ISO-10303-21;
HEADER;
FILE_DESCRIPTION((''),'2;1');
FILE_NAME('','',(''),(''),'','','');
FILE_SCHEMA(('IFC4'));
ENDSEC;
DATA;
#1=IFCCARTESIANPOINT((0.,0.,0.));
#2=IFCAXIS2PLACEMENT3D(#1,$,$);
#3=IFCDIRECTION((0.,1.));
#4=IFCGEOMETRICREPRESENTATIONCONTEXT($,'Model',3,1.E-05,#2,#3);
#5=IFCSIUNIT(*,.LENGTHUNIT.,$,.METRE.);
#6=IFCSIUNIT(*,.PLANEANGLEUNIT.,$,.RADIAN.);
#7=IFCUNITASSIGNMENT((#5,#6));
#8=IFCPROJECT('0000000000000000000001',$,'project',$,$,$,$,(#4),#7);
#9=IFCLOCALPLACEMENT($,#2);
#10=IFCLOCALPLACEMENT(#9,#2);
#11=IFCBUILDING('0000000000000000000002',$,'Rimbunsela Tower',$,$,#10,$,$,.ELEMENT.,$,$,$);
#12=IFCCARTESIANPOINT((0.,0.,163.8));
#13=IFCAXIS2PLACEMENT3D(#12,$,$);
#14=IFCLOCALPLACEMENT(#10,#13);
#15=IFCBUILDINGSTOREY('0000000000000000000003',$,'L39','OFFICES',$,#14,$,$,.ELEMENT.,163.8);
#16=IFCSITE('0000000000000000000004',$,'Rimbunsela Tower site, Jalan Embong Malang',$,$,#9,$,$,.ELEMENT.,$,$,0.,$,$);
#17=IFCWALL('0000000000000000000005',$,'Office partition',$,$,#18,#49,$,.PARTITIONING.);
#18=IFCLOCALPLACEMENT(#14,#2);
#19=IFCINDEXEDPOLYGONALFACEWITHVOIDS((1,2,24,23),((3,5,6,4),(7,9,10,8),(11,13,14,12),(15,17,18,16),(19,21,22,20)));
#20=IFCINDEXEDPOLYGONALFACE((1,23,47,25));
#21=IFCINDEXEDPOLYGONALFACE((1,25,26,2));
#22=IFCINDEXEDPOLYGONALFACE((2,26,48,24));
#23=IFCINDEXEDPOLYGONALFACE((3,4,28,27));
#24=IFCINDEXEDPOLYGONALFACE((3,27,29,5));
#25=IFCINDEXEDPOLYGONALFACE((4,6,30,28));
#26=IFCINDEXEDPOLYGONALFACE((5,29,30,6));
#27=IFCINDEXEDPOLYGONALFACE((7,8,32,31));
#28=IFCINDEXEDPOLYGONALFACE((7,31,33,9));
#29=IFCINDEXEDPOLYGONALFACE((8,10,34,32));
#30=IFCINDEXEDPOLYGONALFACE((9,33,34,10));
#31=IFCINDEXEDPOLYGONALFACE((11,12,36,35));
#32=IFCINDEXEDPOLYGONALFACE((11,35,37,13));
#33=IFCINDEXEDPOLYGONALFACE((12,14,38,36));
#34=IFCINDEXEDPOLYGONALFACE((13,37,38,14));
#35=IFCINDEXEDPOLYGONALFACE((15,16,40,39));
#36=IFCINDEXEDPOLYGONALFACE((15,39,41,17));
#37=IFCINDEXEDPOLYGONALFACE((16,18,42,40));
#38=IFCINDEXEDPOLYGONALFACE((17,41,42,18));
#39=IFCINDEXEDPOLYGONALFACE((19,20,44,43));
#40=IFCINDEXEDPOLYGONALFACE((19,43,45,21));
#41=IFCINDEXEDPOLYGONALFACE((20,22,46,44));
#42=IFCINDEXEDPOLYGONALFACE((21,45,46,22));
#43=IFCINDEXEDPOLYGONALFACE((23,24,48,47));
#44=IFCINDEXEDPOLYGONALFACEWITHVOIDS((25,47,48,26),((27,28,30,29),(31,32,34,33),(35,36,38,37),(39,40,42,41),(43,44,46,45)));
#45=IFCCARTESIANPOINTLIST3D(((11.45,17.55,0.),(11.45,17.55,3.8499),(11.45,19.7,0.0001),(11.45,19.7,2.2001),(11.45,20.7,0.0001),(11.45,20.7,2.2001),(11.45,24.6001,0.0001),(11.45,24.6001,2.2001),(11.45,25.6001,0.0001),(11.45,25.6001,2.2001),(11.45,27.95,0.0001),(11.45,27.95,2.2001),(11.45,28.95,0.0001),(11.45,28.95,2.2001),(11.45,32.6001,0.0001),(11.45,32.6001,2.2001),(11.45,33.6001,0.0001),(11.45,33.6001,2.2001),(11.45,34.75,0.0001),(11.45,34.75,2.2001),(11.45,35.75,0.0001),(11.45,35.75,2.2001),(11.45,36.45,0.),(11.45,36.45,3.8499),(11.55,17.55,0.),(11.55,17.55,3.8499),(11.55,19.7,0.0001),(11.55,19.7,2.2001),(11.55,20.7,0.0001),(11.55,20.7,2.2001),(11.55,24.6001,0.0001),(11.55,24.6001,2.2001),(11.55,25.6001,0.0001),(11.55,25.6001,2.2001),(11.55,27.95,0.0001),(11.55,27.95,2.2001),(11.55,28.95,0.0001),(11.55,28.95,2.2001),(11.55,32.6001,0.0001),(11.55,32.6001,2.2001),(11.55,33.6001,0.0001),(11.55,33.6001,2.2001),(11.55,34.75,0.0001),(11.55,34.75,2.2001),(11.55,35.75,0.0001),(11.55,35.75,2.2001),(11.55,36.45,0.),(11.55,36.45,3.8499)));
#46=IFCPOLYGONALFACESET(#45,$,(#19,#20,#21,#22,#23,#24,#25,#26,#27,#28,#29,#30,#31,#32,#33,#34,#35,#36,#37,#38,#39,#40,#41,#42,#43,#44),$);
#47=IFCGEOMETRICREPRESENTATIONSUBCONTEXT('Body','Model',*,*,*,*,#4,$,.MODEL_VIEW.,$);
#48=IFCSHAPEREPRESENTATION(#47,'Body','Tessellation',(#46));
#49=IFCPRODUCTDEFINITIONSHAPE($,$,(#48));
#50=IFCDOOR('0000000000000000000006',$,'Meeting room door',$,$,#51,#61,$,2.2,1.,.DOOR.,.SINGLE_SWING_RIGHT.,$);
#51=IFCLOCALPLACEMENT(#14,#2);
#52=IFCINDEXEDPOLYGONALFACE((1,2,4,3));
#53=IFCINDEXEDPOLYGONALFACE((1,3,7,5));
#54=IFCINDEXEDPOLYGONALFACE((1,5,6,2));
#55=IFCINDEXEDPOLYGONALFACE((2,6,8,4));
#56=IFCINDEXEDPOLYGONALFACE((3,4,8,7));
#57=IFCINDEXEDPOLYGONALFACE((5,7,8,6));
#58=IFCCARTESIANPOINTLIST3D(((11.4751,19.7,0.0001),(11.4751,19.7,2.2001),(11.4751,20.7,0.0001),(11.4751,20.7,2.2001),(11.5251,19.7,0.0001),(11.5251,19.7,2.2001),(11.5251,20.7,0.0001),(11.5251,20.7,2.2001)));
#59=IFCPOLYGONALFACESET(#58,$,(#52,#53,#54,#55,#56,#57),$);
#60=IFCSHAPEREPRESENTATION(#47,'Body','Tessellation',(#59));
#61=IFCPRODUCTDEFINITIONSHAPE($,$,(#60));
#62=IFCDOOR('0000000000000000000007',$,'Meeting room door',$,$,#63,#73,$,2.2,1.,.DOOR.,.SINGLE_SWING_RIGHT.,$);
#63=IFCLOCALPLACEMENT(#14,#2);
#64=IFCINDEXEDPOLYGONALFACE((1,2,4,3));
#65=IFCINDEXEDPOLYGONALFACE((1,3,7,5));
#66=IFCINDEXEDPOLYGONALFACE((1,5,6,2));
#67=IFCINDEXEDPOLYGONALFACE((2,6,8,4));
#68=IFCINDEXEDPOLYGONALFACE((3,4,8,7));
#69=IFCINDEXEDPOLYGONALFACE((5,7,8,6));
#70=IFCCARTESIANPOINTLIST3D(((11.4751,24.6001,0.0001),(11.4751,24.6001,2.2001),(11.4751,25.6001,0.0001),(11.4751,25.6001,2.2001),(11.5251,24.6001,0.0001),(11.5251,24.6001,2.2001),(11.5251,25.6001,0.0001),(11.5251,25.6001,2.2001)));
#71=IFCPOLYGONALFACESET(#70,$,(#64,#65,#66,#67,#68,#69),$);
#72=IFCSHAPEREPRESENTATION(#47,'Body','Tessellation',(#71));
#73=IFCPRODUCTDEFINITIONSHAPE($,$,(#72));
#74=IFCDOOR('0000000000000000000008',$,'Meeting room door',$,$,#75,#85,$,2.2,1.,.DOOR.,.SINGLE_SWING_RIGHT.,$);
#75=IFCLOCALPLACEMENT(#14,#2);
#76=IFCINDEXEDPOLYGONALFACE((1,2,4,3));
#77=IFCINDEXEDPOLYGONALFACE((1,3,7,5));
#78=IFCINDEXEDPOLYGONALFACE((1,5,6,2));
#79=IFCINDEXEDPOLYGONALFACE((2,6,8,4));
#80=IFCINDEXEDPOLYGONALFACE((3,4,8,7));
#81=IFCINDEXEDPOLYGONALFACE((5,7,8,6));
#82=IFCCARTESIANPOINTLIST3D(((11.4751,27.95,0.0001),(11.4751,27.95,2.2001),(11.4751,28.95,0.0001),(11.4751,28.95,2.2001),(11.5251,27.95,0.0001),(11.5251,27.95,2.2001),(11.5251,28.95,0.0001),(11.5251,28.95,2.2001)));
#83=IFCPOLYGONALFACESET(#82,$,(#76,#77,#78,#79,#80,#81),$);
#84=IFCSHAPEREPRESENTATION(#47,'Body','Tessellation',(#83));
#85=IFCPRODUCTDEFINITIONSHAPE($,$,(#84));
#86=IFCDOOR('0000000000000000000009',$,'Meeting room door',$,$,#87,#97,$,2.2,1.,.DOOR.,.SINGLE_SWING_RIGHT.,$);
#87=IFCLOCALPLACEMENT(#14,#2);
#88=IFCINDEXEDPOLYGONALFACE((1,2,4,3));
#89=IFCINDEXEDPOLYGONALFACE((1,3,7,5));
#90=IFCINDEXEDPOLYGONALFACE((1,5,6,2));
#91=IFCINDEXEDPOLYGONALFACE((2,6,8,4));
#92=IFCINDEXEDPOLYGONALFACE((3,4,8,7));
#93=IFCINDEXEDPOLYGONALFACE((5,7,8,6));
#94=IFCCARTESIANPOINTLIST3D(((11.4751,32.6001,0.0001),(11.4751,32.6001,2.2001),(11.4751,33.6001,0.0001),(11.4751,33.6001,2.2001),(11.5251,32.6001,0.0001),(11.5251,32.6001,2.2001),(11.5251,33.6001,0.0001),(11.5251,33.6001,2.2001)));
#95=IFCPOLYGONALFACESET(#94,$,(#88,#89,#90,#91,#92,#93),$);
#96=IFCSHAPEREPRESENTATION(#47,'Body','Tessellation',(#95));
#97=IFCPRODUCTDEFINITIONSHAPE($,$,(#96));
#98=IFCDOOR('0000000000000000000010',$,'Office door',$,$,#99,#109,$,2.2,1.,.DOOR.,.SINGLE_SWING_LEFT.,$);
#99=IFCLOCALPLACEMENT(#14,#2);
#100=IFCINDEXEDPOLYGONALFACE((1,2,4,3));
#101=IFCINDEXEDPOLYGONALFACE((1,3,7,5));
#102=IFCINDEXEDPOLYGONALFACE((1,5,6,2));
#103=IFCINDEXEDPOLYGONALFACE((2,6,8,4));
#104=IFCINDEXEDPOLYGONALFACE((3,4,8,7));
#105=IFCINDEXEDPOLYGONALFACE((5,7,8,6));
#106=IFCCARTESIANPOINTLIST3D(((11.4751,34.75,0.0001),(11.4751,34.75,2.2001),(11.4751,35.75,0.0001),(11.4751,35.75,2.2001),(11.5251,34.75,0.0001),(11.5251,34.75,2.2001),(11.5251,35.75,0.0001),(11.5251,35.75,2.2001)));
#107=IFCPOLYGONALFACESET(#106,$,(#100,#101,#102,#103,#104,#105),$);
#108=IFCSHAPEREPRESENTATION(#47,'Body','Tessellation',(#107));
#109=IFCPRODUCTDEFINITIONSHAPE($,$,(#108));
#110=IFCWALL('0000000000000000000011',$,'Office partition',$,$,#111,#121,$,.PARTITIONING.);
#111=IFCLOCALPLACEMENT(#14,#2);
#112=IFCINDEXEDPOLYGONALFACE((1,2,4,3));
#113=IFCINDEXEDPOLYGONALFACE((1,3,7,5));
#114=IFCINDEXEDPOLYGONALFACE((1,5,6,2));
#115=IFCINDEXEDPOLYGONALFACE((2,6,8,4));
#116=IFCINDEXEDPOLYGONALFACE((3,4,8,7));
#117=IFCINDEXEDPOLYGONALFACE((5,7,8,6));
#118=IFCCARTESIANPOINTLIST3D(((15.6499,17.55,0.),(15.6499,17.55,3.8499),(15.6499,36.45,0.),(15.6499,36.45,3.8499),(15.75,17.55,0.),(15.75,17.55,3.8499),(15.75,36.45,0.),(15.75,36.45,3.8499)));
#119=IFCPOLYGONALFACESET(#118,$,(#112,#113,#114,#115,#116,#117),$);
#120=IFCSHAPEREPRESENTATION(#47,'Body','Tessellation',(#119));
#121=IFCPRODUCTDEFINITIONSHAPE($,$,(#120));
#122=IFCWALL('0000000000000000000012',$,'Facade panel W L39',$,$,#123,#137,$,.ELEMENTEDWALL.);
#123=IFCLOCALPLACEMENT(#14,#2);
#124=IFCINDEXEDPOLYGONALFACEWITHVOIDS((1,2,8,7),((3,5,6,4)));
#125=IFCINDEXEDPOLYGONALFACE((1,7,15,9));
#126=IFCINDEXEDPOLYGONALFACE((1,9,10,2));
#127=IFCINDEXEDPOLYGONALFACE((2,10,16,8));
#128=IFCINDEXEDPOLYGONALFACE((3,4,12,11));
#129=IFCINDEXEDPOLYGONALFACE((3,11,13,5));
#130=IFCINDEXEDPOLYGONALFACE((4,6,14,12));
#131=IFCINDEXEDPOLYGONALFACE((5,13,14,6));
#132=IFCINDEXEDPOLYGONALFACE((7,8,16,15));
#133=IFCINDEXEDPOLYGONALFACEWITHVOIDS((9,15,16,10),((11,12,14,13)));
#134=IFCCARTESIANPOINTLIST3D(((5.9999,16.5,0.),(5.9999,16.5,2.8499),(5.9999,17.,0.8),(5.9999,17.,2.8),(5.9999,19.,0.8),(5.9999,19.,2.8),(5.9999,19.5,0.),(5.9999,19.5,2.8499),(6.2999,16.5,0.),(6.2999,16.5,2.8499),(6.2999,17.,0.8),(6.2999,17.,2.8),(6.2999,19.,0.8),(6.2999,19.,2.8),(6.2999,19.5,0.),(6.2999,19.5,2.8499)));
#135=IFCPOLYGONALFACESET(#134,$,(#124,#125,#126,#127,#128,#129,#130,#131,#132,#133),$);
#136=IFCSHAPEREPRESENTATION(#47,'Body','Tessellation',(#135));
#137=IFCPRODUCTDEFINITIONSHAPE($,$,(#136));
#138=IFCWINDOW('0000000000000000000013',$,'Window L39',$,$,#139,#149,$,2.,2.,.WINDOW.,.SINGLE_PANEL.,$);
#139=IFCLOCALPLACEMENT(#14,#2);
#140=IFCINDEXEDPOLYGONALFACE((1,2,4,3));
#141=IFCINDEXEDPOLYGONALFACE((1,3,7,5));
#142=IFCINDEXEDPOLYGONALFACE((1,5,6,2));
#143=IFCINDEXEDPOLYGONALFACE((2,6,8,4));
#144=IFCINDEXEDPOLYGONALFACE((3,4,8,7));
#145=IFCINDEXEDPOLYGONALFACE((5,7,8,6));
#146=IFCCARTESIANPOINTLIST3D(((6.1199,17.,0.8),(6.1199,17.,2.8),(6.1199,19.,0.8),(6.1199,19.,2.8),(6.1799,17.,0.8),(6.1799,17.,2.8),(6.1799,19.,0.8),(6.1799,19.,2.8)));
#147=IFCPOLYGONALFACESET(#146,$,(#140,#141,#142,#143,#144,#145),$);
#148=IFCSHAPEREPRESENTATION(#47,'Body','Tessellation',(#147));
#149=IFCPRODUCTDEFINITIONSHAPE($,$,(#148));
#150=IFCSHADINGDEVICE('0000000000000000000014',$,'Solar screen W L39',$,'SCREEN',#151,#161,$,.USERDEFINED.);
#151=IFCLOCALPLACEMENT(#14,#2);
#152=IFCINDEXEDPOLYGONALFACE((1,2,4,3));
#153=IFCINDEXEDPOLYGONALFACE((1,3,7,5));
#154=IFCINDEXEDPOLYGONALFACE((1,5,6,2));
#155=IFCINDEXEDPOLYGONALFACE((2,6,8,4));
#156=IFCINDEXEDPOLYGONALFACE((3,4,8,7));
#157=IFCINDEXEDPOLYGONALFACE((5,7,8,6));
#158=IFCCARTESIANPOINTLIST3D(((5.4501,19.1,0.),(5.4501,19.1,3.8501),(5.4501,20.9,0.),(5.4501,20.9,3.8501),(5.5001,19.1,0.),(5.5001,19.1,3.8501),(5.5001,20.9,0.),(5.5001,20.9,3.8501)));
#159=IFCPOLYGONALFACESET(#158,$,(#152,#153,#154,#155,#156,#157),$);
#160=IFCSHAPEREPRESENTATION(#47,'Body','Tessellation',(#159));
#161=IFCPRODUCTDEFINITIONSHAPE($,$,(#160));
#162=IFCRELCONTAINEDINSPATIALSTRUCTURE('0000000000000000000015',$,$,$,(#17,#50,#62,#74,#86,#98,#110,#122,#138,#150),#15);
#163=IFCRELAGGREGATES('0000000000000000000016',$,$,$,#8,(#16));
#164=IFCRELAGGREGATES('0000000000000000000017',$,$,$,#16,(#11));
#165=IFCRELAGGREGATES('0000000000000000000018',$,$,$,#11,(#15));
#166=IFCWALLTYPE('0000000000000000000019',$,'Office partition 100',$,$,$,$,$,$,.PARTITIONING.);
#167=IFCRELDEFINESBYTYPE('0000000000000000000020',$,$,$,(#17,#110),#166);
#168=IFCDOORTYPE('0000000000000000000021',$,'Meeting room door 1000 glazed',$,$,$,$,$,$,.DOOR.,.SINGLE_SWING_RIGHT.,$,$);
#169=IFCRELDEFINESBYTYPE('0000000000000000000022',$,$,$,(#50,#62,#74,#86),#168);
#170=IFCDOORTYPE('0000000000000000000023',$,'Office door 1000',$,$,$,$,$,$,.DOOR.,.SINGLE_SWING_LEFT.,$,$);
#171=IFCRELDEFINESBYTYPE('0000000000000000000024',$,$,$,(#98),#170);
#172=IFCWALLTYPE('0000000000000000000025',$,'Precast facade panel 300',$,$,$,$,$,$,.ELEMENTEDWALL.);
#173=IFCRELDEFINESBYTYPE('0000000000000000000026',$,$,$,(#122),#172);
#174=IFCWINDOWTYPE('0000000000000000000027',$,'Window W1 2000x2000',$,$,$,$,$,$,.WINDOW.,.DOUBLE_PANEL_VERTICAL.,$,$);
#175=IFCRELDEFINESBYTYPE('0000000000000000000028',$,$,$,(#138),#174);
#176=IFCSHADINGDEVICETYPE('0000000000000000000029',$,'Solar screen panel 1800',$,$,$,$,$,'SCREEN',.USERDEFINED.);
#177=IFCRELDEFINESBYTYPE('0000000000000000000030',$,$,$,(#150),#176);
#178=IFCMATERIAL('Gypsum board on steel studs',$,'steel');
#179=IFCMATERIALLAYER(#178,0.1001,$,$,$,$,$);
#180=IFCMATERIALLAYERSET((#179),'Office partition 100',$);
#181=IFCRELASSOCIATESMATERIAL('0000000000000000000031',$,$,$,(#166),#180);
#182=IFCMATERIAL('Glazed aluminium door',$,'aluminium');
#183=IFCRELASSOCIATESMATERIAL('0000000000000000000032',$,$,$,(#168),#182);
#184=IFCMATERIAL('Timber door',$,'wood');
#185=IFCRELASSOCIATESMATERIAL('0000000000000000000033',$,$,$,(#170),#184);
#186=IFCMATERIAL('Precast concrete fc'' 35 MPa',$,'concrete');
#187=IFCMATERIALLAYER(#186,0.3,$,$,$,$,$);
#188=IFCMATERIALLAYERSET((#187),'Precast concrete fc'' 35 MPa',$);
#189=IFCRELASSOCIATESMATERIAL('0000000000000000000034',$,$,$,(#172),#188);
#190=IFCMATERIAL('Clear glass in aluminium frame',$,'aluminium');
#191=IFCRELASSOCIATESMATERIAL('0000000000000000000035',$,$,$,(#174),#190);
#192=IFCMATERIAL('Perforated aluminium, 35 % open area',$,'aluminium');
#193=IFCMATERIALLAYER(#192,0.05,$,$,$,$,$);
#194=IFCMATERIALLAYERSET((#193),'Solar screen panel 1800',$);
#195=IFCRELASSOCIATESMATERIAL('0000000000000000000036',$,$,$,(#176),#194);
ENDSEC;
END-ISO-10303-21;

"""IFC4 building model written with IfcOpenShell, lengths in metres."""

from ifc_helpers import new_model, si_unit, direction, frame, frame_2d, origin, origin_2d, place, context, subcontext, project, spatial, rectangle, extrude, material, layer, layer_set, type_object, element, fill, save


model = new_model("IFC4")

# Units and contexts
model_context = context("Model", 3, precision=1e-05, world=origin(), true_north=direction((0.0, 1.0)))
body_context = subcontext(model_context, "Body", "Model", "MODEL_VIEW")
ifc_project = project(units=[si_unit("LENGTHUNIT", "METRE"), si_unit("PLANEANGLEUNIT", "RADIAN")], contexts=[model_context])

# Site, building, storey
site_placement = place(None, origin())
site = spatial("IfcSite", under=ifc_project, at=site_placement, Name="Rimbunsela Tower site, Jalan Embong Malang", CompositionType="ELEMENT", RefElevation=0.0)
building_placement = place(site_placement, origin())
building = spatial("IfcBuilding", under=site, at=building_placement, Name="Rimbunsela Tower", CompositionType="ELEMENT")
storey_placement = place(building_placement, frame((0.0, 0.0, 163.8)))
storey = spatial("IfcBuildingStorey", under=building, at=storey_placement, Name="L39", Description="OFFICES", CompositionType="ELEMENT", Elevation=163.8)

# Shared definitions
ifc_material_1 = material(Name="Gypsum board on steel studs", Category="steel")
ifc_layer_1 = layer(ifc_material_1, 0.1001)
ifc_layer_set_1 = layer_set([ifc_layer_1], Name="Office partition 100")
wall_type_1 = type_object("IfcWallType", Name="Office partition 100", PredefinedType="PARTITIONING", material=ifc_layer_set_1)

# Wall, openings, doors
wall_1_placement = place(storey_placement, frame((11.5, 17.55, 0.0), z_axis=(0.0, 0.0, 1.0), x_axis=(0.0, 1.0, 0.0)))
wall_1 = element("IfcWall", 1, at=wall_1_placement, inside=storey, type_object=wall_type_1, Name="Office partition", PredefinedType="PARTITIONING", context=body_context, shape_type="SweptSolid", body=[
    extrude(rectangle(XDim=18.8999, YDim=0.1001, at=frame_2d((9.45, 0.0))), origin(), (0.0, 0.0, 1.0), 3.8499),
])
opening_1_placement = place(wall_1_placement, frame((2.1499, 0.0, 0.0)))
opening_1 = element("IfcOpeningElement", 2, at=opening_1_placement, cuts=wall_1, PredefinedType="OPENING", context=body_context, shape_type="SweptSolid", body=[
    extrude(rectangle(XDim=1.0, YDim=2.2, at=frame_2d((0.5, 1.1001))), frame((0.0, 0.0601, 0.0), z_axis=(0.0, -1.0, 0.0), x_axis=(1.0, 0.0, 0.0)), (0.0, 0.0, 1.0), 0.1201),
])
opening_2_placement = place(wall_1_placement, frame((7.05, 0.0, 0.0)))
opening_2 = element("IfcOpeningElement", 3, at=opening_2_placement, cuts=wall_1, PredefinedType="OPENING", context=body_context, shape_type="SweptSolid", body=[
    extrude(rectangle(XDim=1.0, YDim=2.2, at=frame_2d((0.5, 1.1001))), frame((0.0, 0.0601, 0.0), z_axis=(0.0, -1.0, 0.0), x_axis=(1.0, 0.0, 0.0)), (0.0, 0.0, 1.0), 0.1201),
])
opening_3_placement = place(wall_1_placement, frame((10.3999, 0.0, 0.0)))
opening_3 = element("IfcOpeningElement", 4, at=opening_3_placement, cuts=wall_1, PredefinedType="OPENING", context=body_context, shape_type="SweptSolid", body=[
    extrude(rectangle(XDim=1.0, YDim=2.2, at=frame_2d((0.5, 1.1001))), frame((0.0, 0.0601, 0.0), z_axis=(0.0, -1.0, 0.0), x_axis=(1.0, 0.0, 0.0)), (0.0, 0.0, 1.0), 0.1201),
])
opening_4_placement = place(wall_1_placement, frame((15.05, 0.0, 0.0)))
opening_4 = element("IfcOpeningElement", 5, at=opening_4_placement, cuts=wall_1, PredefinedType="OPENING", context=body_context, shape_type="SweptSolid", body=[
    extrude(rectangle(XDim=1.0, YDim=2.2, at=frame_2d((0.5, 1.1001))), frame((0.0, 0.0601, 0.0), z_axis=(0.0, -1.0, 0.0), x_axis=(1.0, 0.0, 0.0)), (0.0, 0.0, 1.0), 0.1201),
])
opening_5_placement = place(wall_1_placement, frame((17.2, 0.0, 0.0)))
opening_5 = element("IfcOpeningElement", 6, at=opening_5_placement, cuts=wall_1, PredefinedType="OPENING", context=body_context, shape_type="SweptSolid", body=[
    extrude(rectangle(XDim=1.0, YDim=2.2, at=frame_2d((0.5, 1.1001))), frame((0.0, 0.0601, 0.0), z_axis=(0.0, -1.0, 0.0), x_axis=(1.0, 0.0, 0.0)), (0.0, 0.0, 1.0), 0.1201),
])
ifc_material_2 = material(Name="Glazed aluminium door", Category="aluminium")
door_type_1 = type_object("IfcDoorType", Name="Meeting room door 1000 glazed", OperationType="SINGLE_SWING_RIGHT", PredefinedType="DOOR", material=ifc_material_2)
door_1_placement = place(opening_1_placement, origin())
door_1 = element("IfcDoor", 7, at=door_1_placement, inside=storey, type_object=door_type_1, Name="Meeting room door", OperationType="SINGLE_SWING_RIGHT", OverallHeight=2.2, OverallWidth=1.0, PredefinedType="DOOR", context=body_context, shape_type="SweptSolid", body=[
    extrude(rectangle(XDim=1.0, YDim=2.2, at=frame_2d((0.5, 1.1001))), frame((0.0, 0.0249, 0.0), z_axis=(0.0, -1.0, 0.0), x_axis=(1.0, 0.0, 0.0)), (0.0, 0.0, 1.0), 0.05),
])
fill(opening_1, door_1)
door_2_placement = place(opening_2_placement, origin())
door_2 = element("IfcDoor", 8, at=door_2_placement, inside=storey, type_object=door_type_1, Name="Meeting room door", OperationType="SINGLE_SWING_RIGHT", OverallHeight=2.2, OverallWidth=1.0, PredefinedType="DOOR", context=body_context, shape_type="SweptSolid", body=[
    extrude(rectangle(XDim=1.0, YDim=2.2, at=frame_2d((0.5, 1.1001))), frame((0.0, 0.0249, 0.0), z_axis=(0.0, -1.0, 0.0), x_axis=(1.0, 0.0, 0.0)), (0.0, 0.0, 1.0), 0.05),
])
fill(opening_2, door_2)
door_3_placement = place(opening_3_placement, origin())
door_3 = element("IfcDoor", 9, at=door_3_placement, inside=storey, type_object=door_type_1, Name="Meeting room door", OperationType="SINGLE_SWING_RIGHT", OverallHeight=2.2, OverallWidth=1.0, PredefinedType="DOOR", context=body_context, shape_type="SweptSolid", body=[
    extrude(rectangle(XDim=1.0, YDim=2.2, at=frame_2d((0.5, 1.1001))), frame((0.0, 0.0249, 0.0), z_axis=(0.0, -1.0, 0.0), x_axis=(1.0, 0.0, 0.0)), (0.0, 0.0, 1.0), 0.05),
])
fill(opening_3, door_3)
door_4_placement = place(opening_4_placement, origin())
door_4 = element("IfcDoor", 10, at=door_4_placement, inside=storey, type_object=door_type_1, Name="Meeting room door", OperationType="SINGLE_SWING_RIGHT", OverallHeight=2.2, OverallWidth=1.0, PredefinedType="DOOR", context=body_context, shape_type="SweptSolid", body=[
    extrude(rectangle(XDim=1.0, YDim=2.2, at=frame_2d((0.5, 1.1001))), frame((0.0, 0.0249, 0.0), z_axis=(0.0, -1.0, 0.0), x_axis=(1.0, 0.0, 0.0)), (0.0, 0.0, 1.0), 0.05),
])
fill(opening_4, door_4)
ifc_material_3 = material(Name="Timber door", Category="wood")
door_type_2 = type_object("IfcDoorType", Name="Office door 1000", OperationType="SINGLE_SWING_LEFT", PredefinedType="DOOR", material=ifc_material_3)
door_5_placement = place(opening_5_placement, origin())
door_5 = element("IfcDoor", 11, at=door_5_placement, inside=storey, type_object=door_type_2, Name="Office door", OperationType="SINGLE_SWING_LEFT", OverallHeight=2.2, OverallWidth=1.0, PredefinedType="DOOR", context=body_context, shape_type="SweptSolid", body=[
    extrude(rectangle(XDim=1.0, YDim=2.2, at=frame_2d((0.5, 1.1001))), frame((0.0, 0.0249, 0.0), z_axis=(0.0, -1.0, 0.0), x_axis=(1.0, 0.0, 0.0)), (0.0, 0.0, 1.0), 0.05),
])
fill(opening_5, door_5)

# Wall
wall_2_placement = place(storey_placement, frame((15.7, 17.55, 0.0), z_axis=(0.0, 0.0, 1.0), x_axis=(0.0, 1.0, 0.0)))
element("IfcWall", 12, at=wall_2_placement, inside=storey, type_object=wall_type_1, Name="Office partition", PredefinedType="PARTITIONING", context=body_context, shape_type="SweptSolid", body=[
    extrude(rectangle(XDim=18.8999, YDim=0.1001, at=frame_2d((9.45, 0.0))), origin(), (0.0, 0.0, 1.0), 3.8499),
])

# Wall, opening, window
ifc_material_4 = material(Name="Precast concrete fc' 35 MPa", Category="concrete")
ifc_layer_2 = layer(ifc_material_4, 0.3)
ifc_layer_set_2 = layer_set([ifc_layer_2], Name="Precast concrete fc' 35 MPa")
wall_type_2 = type_object("IfcWallType", Name="Precast facade panel 300", PredefinedType="ELEMENTEDWALL", material=ifc_layer_set_2)
wall_3_placement = place(storey_placement, frame((6.1499, 19.5, 0.0), z_axis=(0.0, 0.0, 1.0), x_axis=(0.0, -1.0, 0.0)))
wall_3 = element("IfcWall", 13, at=wall_3_placement, inside=storey, type_object=wall_type_2, Name="Facade panel W L39", PredefinedType="ELEMENTEDWALL", context=body_context, shape_type="SweptSolid", body=[
    extrude(rectangle(XDim=3.0, YDim=0.3, at=frame_2d((1.5, 0.0))), origin(), (0.0, 0.0, 1.0), 2.8499),
])
opening_6_placement = place(wall_3_placement, frame((0.5, 0.0, 0.8)))
opening_6 = element("IfcOpeningElement", 14, at=opening_6_placement, cuts=wall_3, PredefinedType="OPENING", context=body_context, shape_type="SweptSolid", body=[
    extrude(rectangle(XDim=2.0, YDim=2.0, at=frame_2d((1.0, 1.0))), frame((0.0, 0.1599, 0.0), z_axis=(0.0, -1.0, 0.0), x_axis=(1.0, 0.0, 0.0)), (0.0, 0.0, 1.0), 0.3201),
])
ifc_material_5 = material(Name="Clear glass in aluminium frame", Category="aluminium")
window_type = type_object("IfcWindowType", Name="Window W1 2000x2000", PartitioningType="DOUBLE_PANEL_VERTICAL", PredefinedType="WINDOW", material=ifc_material_5)
window_placement = place(opening_6_placement, origin())
window = element("IfcWindow", 15, at=window_placement, inside=storey, type_object=window_type, Name="Window L39", OverallHeight=2.0, OverallWidth=2.0, PartitioningType="SINGLE_PANEL", PredefinedType="WINDOW", context=body_context, shape_type="SweptSolid", body=[
    extrude(rectangle(XDim=2.0, YDim=2.0, at=frame_2d((1.0, 1.0))), frame((0.0, 0.03, 0.0), z_axis=(0.0, -1.0, 0.0), x_axis=(1.0, 0.0, 0.0)), (0.0, 0.0, 1.0), 0.0601),
])
fill(opening_6, window)

# Shading device
ifc_material_6 = material(Name="Perforated aluminium, 35 % open area", Category="aluminium")
ifc_layer_3 = layer(ifc_material_6, 0.05)
ifc_layer_set_3 = layer_set([ifc_layer_3], Name="Solar screen panel 1800")
shading_device_type = type_object("IfcShadingDeviceType", Name="Solar screen panel 1800", ElementType="SCREEN", PredefinedType="USERDEFINED", material=ifc_layer_set_3)
shading_device_placement = place(storey_placement, frame((5.4751, 20.0, 0.0), z_axis=(0.0, 0.0, 1.0), x_axis=(0.0, 1.0, 0.0)))
element("IfcShadingDevice", 16, at=shading_device_placement, inside=storey, type_object=shading_device_type, Name="Solar screen W L39", ObjectType="SCREEN", PredefinedType="USERDEFINED", context=body_context, shape_type="SweptSolid", body=[
    extrude(rectangle(XDim=1.8, YDim=0.05, at=origin_2d()), origin(), (0.0, 0.0, 1.0), 3.8501),
])

save(model, "model.ifc")
